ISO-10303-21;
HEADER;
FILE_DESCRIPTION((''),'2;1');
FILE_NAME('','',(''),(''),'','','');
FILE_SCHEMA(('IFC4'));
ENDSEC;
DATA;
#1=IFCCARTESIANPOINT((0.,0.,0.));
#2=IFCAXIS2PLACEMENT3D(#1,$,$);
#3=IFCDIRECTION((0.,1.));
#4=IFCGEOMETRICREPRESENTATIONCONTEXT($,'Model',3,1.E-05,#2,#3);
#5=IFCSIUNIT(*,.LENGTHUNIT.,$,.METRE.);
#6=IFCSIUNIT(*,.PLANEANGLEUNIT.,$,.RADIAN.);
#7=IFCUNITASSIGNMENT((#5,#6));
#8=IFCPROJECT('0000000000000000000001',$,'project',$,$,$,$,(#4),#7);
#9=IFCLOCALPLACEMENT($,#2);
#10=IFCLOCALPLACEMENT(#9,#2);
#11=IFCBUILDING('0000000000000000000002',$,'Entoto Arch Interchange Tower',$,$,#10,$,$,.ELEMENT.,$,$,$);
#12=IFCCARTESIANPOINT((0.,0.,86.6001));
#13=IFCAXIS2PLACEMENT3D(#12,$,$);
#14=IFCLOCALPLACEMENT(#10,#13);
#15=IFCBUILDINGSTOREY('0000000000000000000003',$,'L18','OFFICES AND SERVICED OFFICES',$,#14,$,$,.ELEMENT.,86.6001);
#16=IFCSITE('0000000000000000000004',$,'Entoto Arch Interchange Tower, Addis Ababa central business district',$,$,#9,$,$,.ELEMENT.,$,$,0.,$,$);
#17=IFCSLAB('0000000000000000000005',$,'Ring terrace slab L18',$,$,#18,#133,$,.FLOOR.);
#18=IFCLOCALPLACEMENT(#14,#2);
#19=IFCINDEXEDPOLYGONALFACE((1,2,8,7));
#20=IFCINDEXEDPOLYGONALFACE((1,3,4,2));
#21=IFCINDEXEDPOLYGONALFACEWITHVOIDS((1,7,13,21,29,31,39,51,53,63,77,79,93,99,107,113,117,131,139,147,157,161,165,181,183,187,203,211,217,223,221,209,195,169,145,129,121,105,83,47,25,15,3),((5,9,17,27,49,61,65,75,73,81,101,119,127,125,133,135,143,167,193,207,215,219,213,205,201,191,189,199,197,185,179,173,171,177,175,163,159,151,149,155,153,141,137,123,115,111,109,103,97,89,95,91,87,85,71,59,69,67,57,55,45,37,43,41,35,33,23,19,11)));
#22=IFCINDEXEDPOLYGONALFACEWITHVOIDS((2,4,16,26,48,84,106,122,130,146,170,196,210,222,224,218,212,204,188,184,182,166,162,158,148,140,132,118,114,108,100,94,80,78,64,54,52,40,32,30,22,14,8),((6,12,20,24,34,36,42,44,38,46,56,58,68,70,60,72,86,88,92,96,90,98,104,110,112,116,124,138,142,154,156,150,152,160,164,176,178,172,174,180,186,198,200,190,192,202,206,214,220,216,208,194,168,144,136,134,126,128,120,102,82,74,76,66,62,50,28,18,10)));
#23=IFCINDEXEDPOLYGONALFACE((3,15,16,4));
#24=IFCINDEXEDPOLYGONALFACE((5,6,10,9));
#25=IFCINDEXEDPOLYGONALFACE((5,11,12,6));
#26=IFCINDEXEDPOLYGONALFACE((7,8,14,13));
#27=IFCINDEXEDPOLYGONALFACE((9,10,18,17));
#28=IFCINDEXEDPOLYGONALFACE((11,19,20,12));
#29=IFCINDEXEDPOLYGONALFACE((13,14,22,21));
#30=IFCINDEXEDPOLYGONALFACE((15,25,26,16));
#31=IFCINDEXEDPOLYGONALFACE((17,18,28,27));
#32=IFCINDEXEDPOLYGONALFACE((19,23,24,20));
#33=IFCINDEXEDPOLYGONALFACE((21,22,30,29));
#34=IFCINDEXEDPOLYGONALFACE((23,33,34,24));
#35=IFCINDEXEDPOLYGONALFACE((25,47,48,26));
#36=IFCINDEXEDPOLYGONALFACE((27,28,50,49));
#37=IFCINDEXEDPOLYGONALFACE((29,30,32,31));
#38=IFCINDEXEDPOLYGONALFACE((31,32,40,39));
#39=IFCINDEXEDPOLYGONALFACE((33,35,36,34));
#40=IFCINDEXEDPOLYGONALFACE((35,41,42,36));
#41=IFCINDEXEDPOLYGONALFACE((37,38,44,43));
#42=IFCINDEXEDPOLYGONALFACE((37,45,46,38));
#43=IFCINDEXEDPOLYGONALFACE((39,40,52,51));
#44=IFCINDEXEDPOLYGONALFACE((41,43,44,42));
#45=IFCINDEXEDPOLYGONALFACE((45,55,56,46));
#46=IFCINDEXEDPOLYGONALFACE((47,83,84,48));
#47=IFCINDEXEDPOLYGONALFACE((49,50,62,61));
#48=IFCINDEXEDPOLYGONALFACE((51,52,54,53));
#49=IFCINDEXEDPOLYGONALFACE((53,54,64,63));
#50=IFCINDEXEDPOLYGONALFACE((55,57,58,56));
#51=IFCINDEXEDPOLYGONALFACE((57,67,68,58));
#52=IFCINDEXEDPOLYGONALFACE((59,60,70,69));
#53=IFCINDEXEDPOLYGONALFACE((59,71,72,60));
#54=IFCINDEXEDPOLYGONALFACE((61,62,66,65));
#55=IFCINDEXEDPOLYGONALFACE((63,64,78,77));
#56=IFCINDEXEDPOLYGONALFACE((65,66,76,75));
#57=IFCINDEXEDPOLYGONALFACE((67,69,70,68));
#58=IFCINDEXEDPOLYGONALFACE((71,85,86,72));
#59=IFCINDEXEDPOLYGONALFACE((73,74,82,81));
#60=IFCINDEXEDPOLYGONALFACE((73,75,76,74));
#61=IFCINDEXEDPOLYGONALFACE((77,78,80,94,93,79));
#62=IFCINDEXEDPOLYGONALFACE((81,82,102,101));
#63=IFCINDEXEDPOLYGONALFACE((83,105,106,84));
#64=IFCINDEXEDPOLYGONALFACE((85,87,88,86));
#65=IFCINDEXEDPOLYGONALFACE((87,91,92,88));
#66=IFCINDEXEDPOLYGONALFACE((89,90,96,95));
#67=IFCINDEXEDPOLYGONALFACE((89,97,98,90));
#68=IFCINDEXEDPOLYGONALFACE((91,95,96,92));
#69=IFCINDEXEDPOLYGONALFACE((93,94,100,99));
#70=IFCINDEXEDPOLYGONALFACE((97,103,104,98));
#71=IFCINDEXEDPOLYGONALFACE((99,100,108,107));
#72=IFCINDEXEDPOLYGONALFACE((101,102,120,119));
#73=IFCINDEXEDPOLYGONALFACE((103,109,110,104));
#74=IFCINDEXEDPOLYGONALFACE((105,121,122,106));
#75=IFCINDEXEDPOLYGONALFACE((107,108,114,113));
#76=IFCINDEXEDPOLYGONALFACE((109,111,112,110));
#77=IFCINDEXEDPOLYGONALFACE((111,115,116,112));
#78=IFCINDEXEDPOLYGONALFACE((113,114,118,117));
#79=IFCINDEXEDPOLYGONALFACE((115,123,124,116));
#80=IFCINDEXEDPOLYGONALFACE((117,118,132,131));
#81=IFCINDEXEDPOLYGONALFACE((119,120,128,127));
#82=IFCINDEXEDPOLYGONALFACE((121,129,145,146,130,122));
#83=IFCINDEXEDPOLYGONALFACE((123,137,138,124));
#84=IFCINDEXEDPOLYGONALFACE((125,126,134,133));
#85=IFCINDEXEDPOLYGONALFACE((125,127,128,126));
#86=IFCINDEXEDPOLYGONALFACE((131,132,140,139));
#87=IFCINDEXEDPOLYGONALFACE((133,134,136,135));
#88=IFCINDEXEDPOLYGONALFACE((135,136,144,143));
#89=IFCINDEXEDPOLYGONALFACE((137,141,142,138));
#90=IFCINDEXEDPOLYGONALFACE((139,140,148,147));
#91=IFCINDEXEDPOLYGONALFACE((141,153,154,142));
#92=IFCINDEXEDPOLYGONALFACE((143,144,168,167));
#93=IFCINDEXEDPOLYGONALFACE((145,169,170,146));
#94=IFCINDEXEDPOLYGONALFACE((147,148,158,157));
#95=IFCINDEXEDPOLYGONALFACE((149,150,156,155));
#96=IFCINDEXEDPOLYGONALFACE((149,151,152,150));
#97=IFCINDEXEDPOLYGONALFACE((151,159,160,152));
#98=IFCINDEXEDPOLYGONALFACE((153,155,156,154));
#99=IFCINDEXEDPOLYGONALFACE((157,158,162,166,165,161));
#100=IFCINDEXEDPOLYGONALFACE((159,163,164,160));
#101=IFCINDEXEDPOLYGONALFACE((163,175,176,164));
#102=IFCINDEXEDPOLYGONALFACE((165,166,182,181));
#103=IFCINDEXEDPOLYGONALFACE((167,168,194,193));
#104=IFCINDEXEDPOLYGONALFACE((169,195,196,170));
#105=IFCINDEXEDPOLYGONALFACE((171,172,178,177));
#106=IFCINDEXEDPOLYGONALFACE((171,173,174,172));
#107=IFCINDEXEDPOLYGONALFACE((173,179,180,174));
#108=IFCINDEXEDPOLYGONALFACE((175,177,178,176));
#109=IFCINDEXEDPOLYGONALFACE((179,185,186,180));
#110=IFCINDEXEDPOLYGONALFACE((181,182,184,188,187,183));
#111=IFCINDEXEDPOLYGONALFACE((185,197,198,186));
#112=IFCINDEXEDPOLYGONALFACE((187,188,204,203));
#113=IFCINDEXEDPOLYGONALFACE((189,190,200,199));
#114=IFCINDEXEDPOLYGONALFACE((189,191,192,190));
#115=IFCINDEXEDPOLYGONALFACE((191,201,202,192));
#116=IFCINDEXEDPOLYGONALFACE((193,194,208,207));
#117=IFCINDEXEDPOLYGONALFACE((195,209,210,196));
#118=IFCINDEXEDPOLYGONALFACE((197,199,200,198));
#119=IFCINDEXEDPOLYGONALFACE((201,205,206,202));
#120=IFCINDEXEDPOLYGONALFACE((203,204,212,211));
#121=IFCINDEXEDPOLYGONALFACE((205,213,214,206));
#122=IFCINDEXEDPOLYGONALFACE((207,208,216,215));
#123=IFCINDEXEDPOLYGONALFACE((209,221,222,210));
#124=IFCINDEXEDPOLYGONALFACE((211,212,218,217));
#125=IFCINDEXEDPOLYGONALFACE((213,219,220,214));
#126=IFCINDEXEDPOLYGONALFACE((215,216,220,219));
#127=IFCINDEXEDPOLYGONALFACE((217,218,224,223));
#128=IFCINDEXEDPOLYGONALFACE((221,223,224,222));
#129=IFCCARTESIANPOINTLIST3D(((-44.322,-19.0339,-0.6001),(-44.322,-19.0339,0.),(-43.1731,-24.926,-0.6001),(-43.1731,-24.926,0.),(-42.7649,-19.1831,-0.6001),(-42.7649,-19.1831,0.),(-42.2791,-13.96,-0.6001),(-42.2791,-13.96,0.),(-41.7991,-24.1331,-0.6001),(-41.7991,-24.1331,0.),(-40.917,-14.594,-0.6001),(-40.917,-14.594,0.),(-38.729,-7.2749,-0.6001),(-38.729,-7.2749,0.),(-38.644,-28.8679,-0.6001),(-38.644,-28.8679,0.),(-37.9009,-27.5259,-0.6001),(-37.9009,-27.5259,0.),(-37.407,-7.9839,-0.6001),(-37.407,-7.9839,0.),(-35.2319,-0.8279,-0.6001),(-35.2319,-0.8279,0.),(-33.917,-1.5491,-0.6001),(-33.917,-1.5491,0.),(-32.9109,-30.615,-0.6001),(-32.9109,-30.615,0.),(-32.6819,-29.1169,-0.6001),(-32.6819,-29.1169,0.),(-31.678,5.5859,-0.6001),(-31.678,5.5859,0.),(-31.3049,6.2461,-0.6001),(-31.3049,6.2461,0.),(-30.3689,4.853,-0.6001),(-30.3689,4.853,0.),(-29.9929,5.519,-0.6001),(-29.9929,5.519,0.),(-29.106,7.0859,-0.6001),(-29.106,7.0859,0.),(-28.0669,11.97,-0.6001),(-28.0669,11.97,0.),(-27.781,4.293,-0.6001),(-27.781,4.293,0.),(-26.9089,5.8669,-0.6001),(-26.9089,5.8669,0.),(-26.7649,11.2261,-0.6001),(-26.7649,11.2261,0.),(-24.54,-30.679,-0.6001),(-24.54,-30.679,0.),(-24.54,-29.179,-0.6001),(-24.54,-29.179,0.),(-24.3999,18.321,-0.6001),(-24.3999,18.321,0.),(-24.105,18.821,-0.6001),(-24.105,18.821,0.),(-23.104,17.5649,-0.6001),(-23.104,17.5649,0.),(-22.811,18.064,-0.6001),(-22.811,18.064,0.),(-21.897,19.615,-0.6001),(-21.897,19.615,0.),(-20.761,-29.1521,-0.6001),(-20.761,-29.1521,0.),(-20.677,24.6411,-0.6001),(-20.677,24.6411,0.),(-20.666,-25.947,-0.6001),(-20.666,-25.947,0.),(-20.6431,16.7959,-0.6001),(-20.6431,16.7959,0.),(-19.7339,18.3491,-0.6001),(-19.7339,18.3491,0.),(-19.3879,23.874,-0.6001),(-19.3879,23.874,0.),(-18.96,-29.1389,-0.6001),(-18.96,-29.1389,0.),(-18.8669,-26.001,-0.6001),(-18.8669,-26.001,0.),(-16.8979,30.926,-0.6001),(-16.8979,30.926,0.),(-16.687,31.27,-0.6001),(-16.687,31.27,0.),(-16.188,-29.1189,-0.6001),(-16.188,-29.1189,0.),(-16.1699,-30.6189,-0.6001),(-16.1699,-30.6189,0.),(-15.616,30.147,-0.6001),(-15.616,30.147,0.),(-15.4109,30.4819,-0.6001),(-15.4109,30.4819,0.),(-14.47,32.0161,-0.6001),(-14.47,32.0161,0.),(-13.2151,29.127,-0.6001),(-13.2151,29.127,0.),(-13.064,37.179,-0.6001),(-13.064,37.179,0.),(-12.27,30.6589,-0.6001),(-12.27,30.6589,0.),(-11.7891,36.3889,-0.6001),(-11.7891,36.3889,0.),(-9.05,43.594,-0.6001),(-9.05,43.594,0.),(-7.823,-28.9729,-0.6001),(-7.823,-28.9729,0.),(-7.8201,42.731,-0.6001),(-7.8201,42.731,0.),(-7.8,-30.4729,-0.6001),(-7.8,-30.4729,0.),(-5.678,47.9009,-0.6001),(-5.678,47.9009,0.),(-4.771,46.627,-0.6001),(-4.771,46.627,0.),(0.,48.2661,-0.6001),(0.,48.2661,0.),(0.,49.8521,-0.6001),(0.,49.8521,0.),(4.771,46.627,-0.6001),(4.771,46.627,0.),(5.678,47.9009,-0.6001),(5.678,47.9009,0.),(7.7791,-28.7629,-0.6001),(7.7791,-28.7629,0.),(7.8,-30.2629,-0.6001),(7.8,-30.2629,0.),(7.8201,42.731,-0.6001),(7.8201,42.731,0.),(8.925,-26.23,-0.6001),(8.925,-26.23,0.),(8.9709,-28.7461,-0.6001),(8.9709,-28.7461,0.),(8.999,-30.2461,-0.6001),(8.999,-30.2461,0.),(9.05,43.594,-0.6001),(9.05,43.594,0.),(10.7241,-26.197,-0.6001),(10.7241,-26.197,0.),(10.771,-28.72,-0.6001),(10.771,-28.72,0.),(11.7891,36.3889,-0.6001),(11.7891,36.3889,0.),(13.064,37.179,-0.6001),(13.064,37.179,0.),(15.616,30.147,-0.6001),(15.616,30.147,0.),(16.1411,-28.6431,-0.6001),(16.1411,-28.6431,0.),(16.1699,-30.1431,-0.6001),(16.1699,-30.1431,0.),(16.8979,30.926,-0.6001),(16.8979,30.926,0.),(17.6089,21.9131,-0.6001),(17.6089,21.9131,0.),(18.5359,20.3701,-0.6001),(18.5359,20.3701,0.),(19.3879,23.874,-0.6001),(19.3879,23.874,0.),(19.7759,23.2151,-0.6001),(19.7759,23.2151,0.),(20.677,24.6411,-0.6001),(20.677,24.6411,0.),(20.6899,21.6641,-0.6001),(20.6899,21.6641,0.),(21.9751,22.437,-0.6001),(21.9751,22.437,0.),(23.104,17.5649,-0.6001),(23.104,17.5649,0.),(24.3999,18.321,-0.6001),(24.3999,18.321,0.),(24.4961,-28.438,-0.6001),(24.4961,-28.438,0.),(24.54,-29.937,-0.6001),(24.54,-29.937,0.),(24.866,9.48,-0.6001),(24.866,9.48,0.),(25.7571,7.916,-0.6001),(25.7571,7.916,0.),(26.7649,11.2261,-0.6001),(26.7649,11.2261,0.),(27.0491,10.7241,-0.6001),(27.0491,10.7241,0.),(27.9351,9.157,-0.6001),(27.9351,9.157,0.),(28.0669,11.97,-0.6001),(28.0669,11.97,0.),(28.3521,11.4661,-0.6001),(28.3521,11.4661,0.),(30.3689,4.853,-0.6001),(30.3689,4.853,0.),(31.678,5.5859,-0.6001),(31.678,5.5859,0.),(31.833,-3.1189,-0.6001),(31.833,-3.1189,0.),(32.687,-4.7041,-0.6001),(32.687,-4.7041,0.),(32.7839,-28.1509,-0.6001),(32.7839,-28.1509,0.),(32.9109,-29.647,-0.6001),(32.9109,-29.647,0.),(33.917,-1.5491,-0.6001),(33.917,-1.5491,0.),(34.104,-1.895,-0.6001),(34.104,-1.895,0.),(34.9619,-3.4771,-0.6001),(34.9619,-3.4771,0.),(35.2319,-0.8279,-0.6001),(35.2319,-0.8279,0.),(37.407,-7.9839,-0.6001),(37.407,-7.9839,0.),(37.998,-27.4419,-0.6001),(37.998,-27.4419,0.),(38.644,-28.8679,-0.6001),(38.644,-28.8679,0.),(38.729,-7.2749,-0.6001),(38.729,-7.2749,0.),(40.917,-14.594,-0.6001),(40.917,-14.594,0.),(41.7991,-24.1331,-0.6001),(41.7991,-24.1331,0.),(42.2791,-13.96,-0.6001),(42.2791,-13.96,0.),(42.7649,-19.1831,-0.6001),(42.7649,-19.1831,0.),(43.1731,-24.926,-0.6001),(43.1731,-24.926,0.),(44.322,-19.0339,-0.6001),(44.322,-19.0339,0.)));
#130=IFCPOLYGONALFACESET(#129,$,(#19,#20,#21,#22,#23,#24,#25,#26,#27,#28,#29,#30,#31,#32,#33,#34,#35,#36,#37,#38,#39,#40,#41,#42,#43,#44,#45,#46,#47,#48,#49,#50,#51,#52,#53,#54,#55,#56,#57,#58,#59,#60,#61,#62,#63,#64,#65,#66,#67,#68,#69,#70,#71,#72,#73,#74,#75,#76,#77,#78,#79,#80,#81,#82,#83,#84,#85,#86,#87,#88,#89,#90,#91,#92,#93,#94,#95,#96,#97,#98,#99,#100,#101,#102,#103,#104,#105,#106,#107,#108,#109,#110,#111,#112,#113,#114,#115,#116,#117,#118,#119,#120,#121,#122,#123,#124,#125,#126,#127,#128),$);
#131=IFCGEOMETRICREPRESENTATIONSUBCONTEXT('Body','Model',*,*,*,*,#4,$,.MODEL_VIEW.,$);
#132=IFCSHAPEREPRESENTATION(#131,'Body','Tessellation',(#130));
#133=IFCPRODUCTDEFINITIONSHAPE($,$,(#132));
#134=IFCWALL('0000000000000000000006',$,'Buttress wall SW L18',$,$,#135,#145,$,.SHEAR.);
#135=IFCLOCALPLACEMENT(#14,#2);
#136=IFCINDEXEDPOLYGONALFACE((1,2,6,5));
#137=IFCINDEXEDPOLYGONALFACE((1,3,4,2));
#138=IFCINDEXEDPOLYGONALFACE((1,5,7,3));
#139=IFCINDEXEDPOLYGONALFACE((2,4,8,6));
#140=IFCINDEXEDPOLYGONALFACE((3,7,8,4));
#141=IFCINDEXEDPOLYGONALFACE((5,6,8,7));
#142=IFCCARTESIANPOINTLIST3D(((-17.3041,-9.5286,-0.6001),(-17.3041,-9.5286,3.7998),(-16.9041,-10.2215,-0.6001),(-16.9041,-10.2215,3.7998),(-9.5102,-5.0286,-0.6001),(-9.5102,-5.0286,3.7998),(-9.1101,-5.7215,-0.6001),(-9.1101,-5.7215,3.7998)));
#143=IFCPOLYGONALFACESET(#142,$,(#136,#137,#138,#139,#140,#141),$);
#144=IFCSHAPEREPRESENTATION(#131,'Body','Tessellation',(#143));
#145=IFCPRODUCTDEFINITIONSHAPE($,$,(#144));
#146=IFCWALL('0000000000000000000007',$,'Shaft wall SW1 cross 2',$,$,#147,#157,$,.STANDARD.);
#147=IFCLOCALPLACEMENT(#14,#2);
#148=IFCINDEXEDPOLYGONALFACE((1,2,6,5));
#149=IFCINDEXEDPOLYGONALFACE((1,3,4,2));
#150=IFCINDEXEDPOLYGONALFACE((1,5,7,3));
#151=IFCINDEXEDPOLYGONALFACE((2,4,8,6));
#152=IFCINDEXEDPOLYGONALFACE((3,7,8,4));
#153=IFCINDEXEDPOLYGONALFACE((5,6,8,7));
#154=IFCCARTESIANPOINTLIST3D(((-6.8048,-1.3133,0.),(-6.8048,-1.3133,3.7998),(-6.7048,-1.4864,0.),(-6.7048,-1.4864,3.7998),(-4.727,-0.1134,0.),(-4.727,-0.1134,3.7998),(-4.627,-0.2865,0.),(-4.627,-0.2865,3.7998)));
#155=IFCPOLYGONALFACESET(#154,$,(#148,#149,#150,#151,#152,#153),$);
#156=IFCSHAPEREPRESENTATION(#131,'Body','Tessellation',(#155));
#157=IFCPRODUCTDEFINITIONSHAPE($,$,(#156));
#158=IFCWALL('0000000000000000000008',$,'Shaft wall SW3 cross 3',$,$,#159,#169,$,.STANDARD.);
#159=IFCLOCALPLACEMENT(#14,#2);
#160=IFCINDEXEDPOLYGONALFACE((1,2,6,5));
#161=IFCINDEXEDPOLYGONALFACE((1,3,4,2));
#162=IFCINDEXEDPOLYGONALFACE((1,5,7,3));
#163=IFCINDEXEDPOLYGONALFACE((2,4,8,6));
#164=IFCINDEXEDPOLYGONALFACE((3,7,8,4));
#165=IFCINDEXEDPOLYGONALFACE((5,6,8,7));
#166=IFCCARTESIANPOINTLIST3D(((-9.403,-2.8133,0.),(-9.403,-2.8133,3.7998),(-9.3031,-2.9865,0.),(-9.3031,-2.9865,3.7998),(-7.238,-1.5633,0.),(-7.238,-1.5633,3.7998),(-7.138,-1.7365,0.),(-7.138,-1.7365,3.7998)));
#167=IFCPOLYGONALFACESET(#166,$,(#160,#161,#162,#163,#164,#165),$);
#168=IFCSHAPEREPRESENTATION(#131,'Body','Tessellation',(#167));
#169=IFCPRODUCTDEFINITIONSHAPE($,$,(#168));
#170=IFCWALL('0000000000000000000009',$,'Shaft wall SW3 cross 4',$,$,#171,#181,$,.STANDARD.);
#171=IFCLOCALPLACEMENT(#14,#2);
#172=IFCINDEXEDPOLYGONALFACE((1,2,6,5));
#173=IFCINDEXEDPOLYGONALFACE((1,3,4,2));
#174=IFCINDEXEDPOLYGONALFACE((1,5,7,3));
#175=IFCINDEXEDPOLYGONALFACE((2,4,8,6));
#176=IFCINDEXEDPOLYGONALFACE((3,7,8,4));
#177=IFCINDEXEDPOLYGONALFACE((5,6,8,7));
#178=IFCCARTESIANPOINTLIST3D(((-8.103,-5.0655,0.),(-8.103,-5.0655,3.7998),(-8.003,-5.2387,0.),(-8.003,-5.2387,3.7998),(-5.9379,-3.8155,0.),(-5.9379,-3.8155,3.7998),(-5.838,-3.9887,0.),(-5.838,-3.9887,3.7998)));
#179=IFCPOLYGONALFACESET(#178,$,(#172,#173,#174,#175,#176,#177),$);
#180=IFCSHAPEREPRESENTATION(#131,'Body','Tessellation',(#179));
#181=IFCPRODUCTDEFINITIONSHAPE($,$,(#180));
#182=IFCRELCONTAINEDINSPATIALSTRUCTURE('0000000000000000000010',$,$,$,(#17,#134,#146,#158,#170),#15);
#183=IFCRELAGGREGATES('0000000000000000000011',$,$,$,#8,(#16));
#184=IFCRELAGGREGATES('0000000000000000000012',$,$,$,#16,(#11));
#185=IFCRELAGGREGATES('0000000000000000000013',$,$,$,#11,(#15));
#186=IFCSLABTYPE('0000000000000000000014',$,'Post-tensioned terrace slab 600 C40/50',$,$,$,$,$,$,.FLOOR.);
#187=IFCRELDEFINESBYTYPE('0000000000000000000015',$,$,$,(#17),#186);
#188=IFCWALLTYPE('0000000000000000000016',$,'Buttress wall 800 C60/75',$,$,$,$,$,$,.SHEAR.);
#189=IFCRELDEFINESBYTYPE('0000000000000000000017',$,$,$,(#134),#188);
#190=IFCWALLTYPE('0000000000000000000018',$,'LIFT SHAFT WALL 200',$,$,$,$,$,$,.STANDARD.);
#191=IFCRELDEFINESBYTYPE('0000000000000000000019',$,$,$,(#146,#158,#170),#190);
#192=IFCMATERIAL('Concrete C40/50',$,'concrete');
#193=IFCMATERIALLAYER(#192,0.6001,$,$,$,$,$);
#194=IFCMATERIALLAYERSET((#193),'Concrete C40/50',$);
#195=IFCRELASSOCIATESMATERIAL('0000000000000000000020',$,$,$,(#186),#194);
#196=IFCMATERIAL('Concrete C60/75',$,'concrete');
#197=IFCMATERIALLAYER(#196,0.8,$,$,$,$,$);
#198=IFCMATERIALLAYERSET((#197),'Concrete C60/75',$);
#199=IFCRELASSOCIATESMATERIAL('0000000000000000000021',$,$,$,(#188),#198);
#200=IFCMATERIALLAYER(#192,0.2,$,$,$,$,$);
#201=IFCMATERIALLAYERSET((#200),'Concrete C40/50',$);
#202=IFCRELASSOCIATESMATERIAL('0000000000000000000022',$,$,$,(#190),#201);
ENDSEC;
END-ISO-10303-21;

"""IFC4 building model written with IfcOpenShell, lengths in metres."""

from ifc_helpers import new_model, si_unit, direction, frame, frame_2d, origin, place, context, subcontext, project, spatial, polyline, rectangle, outline, extrude, material, layer, layer_set, type_object, element, save


model = new_model("IFC4")

# Units and contexts
model_context = context("Model", 3, precision=1e-05, world=origin(), true_north=direction((0.0, 1.0)))
body_context = subcontext(model_context, "Body", "Model", "MODEL_VIEW")
ifc_project = project(units=[si_unit("LENGTHUNIT", "METRE"), si_unit("PLANEANGLEUNIT", "RADIAN")], contexts=[model_context])

# Site, building, storey
site_placement = place(None, origin())
site = spatial("IfcSite", under=ifc_project, at=site_placement, Name="Entoto Arch Interchange Tower, Addis Ababa central business district", CompositionType="ELEMENT", RefElevation=0.0)
building_placement = place(site_placement, origin())
building = spatial("IfcBuilding", under=site, at=building_placement, Name="Entoto Arch Interchange Tower", CompositionType="ELEMENT")
storey_placement = place(building_placement, frame((0.0, 0.0, 86.6001)))
storey = spatial("IfcBuildingStorey", under=building, at=storey_placement, Name="L18", Description="OFFICES AND SERVICED OFFICES", CompositionType="ELEMENT", Elevation=86.6001)

# Slab
ifc_material_1 = material(Name="Concrete C40/50", Category="concrete")
ifc_layer_1 = layer(ifc_material_1, 0.6001)
ifc_layer_set_1 = layer_set([ifc_layer_1], Name="Concrete C40/50")
slab_type_1 = type_object("IfcSlabType", Name="Post-tensioned terrace slab 600 C40/50", PredefinedType="FLOOR", material=ifc_layer_set_1)
slab_1_placement = place(storey_placement, frame((0.0, 0.0, -0.6001)))
element("IfcSlab", 1, at=slab_1_placement, inside=storey, type_object=slab_type_1, Name="Ring terrace slab L18", PredefinedType="FLOOR", context=body_context, shape_type="SweptSolid", body=[
    extrude(outline(polyline([(-43.1731, -24.926), (-38.644, -28.8679), (-32.9109, -30.615), (-24.54, -30.679), (-16.1699, -30.6189), (-7.8, -30.4729), (7.8, -30.2629), (8.999, -30.2461), (16.1699, -30.1431), (24.54, -29.937), (32.9109, -29.647), (38.644, -28.8679), (43.1731, -24.926), (44.322, -19.0339), (42.2791, -13.96), (38.729, -7.2749), (35.2319, -0.8279), (31.678, 5.5859), (28.3521, 11.4661), (28.0669, 11.97), (24.3999, 18.321), (21.9751, 22.437), (20.677, 24.6411), (16.8979, 30.926), (13.064, 37.179), (9.05, 43.594), (5.678, 47.9009), (0.0, 49.8521), (-5.678, 47.9009), (-9.05, 43.594), (-13.064, 37.179), (-16.687, 31.27), (-16.8979, 30.926), (-20.677, 24.6411), (-24.105, 18.821), (-24.3999, 18.321), (-28.0669, 11.97), (-31.3049, 6.2461), (-31.678, 5.5859), (-35.2319, -0.8279), (-38.729, -7.2749), (-42.2791, -13.96), (-44.322, -19.0339), (-43.1731, -24.926)]), holes=[polyline([(-18.96, -29.1389), (-16.188, -29.1189), (-7.823, -28.9729), (7.7791, -28.7629), (8.9709, -28.7461), (8.925, -26.23), (10.7241, -26.197), (10.771, -28.72), (16.1411, -28.6431), (24.4961, -28.438), (32.7839, -28.1509), (37.998, -27.4419), (41.7991, -24.1331), (42.7649, -19.1831), (40.917, -14.594), (37.407, -7.9839), (34.9619, -3.4771), (32.687, -4.7041), (31.833, -3.1189), (34.104, -1.895), (33.917, -1.5491), (30.3689, 4.853), (27.9351, 9.157), (25.7571, 7.916), (24.866, 9.48), (27.0491, 10.7241), (26.7649, 11.2261), (23.104, 17.5649), (20.6899, 21.6641), (18.5359, 20.3701), (17.6089, 21.9131), (19.7759, 23.2151), (19.3879, 23.874), (15.616, 30.147), (11.7891, 36.3889), (7.8201, 42.731), (4.771, 46.627), (0.0, 48.2661), (-4.771, 46.627), (-7.8201, 42.731), (-11.7891, 36.3889), (-14.47, 32.0161), (-12.27, 30.6589), (-13.2151, 29.127), (-15.4109, 30.4819), (-15.616, 30.147), (-19.3879, 23.874), (-21.897, 19.615), (-19.7339, 18.3491), (-20.6431, 16.7959), (-22.811, 18.064), (-23.104, 17.5649), (-26.7649, 11.2261), (-29.106, 7.0859), (-26.9089, 5.8669), (-27.781, 4.293), (-29.9929, 5.519), (-30.3689, 4.853), (-33.917, -1.5491), (-37.407, -7.9839), (-40.917, -14.594), (-42.7649, -19.1831), (-41.7991, -24.1331), (-37.9009, -27.5259), (-32.6819, -29.1169), (-24.54, -29.179), (-20.761, -29.1521), (-20.666, -25.947), (-18.8669, -26.001), (-18.96, -29.1389)])]), origin(), (0.0, 0.0, 1.0), 0.6001),
])

# Walls
ifc_material_2 = material(Name="Concrete C60/75", Category="concrete")
ifc_layer_2 = layer(ifc_material_2, 0.8)
ifc_layer_set_2 = layer_set([ifc_layer_2], Name="Concrete C60/75")
wall_type_1 = type_object("IfcWallType", Name="Buttress wall 800 C60/75", PredefinedType="SHEAR", material=ifc_layer_set_2)
wall_1_placement = place(storey_placement, frame((-9.3101, -5.375, -0.6001), z_axis=(0.0, 0.0, 1.0), x_axis=(-0.866018, -0.500014, 0.0)))
element("IfcWall", 2, at=wall_1_placement, inside=storey, type_object=wall_type_1, Name="Buttress wall SW L18", PredefinedType="SHEAR", context=body_context, shape_type="SweptSolid", body=[
    extrude(rectangle(XDim=8.9998, YDim=0.8, at=frame_2d((4.5, 0.0))), origin(), (0.0, 0.0, 1.0), 4.3999),
])
ifc_layer_3 = layer(ifc_material_1, 0.2)
ifc_layer_set_3 = layer_set([ifc_layer_3], Name="Concrete C40/50")
wall_type_2 = type_object("IfcWallType", Name="LIFT SHAFT WALL 200", PredefinedType="STANDARD", material=ifc_layer_set_3)
wall_2_placement = place(storey_placement, frame((-4.677, -0.2, 0.0), z_axis=(0.0, 0.0, 1.0), x_axis=(-0.865974, -0.500089, 0.0)))
element("IfcWall", 3, at=wall_2_placement, inside=storey, type_object=wall_type_2, Name="Shaft wall SW1 cross 2", PredefinedType="STANDARD", context=body_context, shape_type="SweptSolid", body=[
    extrude(rectangle(XDim=2.3994, YDim=0.2, at=frame_2d((1.1997, 0.0))), origin(), (0.0, 0.0, 1.0), 3.7998),
])
for number, where, z_axis, x_axis, name in (
    (4, (-7.188, -1.6499, 0.0), (0.0, 0.0, 1.0), (-0.866023, -0.500004, 0.0), "Shaft wall SW3 cross 3"),
    (5, (-5.8879, -3.9021, 0.0), (0.0, 0.0, 1.0), (-0.866023, -0.500004, 0.0), "Shaft wall SW3 cross 4"),
):
    element("IfcWall", number, at=place(storey_placement, frame(where, z_axis=z_axis, x_axis=x_axis)), inside=storey, type_object=wall_type_2, Name=name, PredefinedType="STANDARD", context=body_context, shape_type="SweptSolid", body=[
        extrude(rectangle(XDim=2.5, YDim=0.2, at=frame_2d((1.25, 0.0))), origin(), (0.0, 0.0, 1.0), 3.7998),
    ])

save(model, "model.ifc")
